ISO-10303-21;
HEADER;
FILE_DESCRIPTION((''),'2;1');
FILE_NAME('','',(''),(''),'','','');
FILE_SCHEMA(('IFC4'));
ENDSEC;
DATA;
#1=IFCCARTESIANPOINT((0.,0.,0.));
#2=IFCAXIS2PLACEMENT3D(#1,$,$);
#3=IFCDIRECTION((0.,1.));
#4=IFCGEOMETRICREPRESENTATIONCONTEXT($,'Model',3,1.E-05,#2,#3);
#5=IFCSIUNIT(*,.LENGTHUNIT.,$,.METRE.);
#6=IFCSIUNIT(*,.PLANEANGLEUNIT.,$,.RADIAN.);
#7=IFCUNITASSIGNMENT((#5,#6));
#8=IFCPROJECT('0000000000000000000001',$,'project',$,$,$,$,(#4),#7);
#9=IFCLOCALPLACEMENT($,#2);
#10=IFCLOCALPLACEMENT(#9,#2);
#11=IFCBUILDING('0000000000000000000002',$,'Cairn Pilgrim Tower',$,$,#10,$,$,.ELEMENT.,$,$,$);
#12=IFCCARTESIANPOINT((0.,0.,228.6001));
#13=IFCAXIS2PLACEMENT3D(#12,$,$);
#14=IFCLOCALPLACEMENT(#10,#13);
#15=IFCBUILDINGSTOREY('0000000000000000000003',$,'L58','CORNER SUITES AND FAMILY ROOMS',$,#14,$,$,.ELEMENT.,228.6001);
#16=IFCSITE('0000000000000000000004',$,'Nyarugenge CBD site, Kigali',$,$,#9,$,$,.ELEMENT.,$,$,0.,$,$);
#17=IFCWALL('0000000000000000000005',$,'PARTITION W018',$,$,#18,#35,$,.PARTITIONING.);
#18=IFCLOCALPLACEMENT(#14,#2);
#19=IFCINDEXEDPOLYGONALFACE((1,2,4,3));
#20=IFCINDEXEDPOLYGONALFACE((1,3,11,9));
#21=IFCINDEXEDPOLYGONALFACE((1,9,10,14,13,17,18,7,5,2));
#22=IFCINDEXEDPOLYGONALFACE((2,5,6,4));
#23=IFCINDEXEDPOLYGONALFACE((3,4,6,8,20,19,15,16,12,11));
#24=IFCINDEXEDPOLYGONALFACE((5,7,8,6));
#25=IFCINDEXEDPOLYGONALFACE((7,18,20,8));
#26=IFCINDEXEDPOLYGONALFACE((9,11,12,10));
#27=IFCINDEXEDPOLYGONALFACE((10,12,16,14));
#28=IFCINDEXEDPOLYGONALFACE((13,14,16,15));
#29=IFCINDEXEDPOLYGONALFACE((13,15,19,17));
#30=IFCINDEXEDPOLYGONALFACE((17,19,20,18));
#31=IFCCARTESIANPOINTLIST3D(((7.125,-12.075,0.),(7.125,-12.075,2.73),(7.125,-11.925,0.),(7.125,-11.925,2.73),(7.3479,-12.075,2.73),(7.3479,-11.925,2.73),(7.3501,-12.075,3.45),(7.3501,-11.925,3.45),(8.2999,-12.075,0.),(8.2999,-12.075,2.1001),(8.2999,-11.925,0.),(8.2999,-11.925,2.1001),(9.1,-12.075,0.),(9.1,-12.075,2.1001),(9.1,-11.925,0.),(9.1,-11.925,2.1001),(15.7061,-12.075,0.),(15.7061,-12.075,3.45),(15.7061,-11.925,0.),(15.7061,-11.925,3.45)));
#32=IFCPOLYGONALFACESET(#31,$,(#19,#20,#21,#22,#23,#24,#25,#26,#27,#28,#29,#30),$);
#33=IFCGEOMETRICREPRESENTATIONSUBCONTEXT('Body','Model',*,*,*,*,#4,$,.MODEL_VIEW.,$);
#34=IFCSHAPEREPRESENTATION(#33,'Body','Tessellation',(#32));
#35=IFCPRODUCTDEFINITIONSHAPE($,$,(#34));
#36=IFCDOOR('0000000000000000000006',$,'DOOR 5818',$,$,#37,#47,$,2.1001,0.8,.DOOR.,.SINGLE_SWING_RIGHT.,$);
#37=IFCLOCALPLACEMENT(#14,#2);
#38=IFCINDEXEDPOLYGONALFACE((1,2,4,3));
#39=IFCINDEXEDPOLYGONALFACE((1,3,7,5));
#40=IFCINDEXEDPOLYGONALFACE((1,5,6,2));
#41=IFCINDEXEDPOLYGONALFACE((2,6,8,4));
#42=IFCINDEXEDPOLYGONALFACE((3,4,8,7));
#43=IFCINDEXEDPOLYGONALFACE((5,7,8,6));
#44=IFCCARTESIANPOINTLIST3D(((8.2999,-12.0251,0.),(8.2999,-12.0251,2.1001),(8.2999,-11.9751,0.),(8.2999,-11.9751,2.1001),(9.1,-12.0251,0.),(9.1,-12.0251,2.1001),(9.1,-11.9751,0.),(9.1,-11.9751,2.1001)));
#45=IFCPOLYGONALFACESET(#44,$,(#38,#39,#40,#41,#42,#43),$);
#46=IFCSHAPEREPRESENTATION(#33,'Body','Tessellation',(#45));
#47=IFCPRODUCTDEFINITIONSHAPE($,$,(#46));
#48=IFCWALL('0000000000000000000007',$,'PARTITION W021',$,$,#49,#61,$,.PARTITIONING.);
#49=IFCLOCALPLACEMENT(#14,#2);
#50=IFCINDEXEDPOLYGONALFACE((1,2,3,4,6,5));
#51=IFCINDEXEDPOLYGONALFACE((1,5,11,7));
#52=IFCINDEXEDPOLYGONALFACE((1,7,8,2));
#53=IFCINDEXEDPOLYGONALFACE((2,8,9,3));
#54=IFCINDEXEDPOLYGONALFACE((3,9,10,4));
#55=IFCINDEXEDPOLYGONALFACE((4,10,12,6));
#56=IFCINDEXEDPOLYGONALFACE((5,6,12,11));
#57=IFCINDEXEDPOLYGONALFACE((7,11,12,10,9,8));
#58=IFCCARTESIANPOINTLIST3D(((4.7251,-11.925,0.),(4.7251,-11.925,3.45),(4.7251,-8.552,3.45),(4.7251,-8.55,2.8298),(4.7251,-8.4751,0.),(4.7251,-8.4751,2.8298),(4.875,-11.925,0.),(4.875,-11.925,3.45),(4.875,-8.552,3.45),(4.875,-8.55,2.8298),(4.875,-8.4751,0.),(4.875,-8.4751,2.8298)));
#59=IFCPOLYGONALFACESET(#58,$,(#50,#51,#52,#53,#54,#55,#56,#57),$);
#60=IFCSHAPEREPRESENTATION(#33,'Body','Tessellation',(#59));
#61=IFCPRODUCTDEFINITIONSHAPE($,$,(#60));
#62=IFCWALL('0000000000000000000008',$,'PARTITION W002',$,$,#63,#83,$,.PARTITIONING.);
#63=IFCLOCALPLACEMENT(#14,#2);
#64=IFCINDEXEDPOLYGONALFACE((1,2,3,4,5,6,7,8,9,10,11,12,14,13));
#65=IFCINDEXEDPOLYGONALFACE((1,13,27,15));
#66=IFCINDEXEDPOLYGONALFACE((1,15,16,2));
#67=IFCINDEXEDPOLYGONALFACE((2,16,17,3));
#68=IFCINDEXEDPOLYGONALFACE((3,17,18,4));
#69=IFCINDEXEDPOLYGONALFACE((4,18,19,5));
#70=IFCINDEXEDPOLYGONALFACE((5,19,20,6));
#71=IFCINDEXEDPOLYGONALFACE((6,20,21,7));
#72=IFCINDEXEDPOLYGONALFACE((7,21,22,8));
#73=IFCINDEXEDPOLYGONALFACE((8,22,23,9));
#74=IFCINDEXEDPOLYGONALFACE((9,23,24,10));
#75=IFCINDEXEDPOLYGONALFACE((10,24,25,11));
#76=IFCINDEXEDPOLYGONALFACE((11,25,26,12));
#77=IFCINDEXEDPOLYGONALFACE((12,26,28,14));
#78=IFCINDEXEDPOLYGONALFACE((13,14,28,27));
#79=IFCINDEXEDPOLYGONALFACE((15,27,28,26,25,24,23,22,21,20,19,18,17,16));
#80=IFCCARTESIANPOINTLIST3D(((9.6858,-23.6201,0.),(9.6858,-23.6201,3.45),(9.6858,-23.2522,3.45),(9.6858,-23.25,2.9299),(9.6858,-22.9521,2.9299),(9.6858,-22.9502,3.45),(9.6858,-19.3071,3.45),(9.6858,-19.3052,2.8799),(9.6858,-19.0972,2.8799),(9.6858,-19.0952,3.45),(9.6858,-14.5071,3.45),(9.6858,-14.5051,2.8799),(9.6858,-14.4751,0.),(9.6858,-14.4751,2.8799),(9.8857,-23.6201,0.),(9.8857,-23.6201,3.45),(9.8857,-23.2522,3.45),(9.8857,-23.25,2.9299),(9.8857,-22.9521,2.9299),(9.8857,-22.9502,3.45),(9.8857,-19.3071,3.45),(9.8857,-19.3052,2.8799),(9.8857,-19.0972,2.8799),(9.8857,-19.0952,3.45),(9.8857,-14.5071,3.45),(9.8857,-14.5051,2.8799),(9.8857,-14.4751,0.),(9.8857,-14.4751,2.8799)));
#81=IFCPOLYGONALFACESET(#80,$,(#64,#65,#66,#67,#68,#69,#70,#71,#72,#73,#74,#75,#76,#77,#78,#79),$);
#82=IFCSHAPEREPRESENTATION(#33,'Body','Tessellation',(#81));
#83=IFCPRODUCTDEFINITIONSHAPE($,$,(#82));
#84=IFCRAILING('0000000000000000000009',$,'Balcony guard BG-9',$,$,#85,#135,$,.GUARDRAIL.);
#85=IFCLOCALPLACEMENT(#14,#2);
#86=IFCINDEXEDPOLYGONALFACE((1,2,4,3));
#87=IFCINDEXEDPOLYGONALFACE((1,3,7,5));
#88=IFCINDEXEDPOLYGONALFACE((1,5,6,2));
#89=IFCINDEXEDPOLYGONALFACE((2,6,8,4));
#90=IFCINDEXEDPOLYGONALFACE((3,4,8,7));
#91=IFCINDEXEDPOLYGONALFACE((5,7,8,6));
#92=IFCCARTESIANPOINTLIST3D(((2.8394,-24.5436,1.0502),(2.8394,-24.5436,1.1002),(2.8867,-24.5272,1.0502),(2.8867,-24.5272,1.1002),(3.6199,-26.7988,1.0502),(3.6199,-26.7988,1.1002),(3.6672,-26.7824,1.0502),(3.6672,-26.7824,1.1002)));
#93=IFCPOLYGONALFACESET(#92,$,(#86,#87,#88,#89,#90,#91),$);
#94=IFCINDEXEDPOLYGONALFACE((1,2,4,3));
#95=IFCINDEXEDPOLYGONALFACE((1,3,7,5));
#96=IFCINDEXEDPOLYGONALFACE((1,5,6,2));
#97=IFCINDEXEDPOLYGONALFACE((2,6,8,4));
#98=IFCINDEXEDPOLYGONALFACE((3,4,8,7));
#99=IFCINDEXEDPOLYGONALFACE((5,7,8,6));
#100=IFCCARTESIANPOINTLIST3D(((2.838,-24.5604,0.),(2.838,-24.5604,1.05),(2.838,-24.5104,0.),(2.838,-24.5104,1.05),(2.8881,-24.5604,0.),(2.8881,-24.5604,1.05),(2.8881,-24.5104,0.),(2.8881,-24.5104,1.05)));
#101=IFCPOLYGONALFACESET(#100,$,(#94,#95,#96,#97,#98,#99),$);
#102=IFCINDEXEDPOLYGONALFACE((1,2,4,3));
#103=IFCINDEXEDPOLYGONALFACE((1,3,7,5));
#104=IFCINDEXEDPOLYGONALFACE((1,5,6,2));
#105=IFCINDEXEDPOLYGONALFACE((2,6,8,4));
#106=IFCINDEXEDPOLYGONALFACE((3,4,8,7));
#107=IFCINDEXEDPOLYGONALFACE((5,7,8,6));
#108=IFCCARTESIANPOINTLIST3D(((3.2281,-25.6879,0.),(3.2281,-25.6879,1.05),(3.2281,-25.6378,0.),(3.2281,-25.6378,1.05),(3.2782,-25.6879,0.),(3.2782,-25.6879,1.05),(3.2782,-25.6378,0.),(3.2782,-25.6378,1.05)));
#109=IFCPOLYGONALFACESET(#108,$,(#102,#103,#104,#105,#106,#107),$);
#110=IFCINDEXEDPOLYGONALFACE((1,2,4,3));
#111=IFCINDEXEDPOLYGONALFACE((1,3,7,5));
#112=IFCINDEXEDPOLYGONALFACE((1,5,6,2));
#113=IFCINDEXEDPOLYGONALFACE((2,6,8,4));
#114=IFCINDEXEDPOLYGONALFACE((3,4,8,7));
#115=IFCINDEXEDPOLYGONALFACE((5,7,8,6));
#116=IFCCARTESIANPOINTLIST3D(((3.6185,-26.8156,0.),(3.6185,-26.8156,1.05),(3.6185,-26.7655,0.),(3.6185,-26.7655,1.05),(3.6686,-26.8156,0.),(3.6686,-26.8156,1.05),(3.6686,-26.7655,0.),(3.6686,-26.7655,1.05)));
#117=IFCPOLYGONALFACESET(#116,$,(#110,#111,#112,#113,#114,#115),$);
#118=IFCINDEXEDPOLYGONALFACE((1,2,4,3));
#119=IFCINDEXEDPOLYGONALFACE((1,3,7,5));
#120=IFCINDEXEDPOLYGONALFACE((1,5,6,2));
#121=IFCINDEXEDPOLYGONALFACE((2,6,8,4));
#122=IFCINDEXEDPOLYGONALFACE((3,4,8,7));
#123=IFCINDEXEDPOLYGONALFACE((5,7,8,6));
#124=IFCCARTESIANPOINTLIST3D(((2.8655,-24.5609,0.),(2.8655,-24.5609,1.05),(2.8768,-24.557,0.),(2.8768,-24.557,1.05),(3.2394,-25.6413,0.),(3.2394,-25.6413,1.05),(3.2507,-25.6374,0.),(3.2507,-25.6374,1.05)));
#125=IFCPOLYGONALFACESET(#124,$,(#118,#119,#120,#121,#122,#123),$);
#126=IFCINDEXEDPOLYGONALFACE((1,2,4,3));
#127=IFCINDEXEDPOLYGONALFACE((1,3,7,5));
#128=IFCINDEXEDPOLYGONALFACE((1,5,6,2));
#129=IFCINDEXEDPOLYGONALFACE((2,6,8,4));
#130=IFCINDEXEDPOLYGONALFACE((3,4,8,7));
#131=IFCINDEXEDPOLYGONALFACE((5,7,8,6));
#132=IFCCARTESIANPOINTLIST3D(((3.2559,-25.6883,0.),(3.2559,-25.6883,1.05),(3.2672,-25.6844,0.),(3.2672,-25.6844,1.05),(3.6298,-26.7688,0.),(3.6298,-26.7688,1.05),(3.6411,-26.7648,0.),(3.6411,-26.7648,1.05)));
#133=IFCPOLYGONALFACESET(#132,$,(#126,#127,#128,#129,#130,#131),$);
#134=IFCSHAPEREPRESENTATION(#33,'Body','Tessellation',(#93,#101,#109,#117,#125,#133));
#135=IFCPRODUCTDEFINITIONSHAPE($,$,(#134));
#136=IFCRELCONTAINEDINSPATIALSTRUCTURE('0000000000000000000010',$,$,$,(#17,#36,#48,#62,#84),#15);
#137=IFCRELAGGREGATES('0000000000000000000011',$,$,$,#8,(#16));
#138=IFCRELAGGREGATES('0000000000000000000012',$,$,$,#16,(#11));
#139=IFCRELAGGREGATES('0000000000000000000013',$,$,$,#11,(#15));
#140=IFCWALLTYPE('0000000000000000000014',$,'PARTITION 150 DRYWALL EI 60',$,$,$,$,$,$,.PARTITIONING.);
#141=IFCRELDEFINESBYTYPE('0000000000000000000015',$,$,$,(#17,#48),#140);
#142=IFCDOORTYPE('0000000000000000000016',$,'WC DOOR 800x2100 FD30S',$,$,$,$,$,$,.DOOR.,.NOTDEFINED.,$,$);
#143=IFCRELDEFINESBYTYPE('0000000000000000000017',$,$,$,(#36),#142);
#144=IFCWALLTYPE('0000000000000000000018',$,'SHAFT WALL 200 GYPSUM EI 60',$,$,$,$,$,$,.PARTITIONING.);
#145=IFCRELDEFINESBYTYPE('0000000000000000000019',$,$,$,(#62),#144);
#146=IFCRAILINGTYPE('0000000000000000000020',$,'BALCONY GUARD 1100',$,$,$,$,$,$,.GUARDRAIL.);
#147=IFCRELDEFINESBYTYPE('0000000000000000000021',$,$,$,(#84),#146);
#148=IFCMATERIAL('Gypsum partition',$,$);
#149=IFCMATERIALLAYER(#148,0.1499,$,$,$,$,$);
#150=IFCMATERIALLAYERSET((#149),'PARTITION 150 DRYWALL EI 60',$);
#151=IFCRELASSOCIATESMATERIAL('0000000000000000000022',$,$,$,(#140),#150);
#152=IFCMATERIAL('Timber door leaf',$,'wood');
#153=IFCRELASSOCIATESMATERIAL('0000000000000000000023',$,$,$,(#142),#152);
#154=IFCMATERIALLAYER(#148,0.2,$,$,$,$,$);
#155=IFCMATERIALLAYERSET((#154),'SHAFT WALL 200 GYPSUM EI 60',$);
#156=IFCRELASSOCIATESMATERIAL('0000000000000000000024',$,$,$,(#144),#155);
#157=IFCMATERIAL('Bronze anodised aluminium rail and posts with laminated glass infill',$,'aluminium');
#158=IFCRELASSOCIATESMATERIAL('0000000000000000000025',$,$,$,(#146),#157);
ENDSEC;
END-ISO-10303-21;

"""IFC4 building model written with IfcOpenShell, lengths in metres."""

from ifc_helpers import new_model, si_unit, direction, frame, frame_2d, origin, origin_2d, place, context, subcontext, project, spatial, polyline, rectangle, outline, extrude, material, layer, layer_set, type_object, element, fill, save


model = new_model("IFC4")

# Units and contexts
model_context = context("Model", 3, precision=1e-05, world=origin(), true_north=direction((0.0, 1.0)))
body_context = subcontext(model_context, "Body", "Model", "MODEL_VIEW")
ifc_project = project(units=[si_unit("LENGTHUNIT", "METRE"), si_unit("PLANEANGLEUNIT", "RADIAN")], contexts=[model_context])

# Site, building, storey
site_placement = place(None, origin())
site = spatial("IfcSite", under=ifc_project, at=site_placement, Name="Nyarugenge CBD site, Kigali", CompositionType="ELEMENT", RefElevation=0.0)
building_placement = place(site_placement, origin())
building = spatial("IfcBuilding", under=site, at=building_placement, Name="Cairn Pilgrim Tower", CompositionType="ELEMENT")
storey_placement = place(building_placement, frame((0.0, 0.0, 228.6001)))
storey = spatial("IfcBuildingStorey", under=building, at=storey_placement, Name="L58", Description="CORNER SUITES AND FAMILY ROOMS", CompositionType="ELEMENT", Elevation=228.6001)

# Shared definitions
ifc_material_1 = material(Name="Gypsum partition")

# Wall, opening, door
ifc_material_2 = material(Name="Timber door leaf", Category="wood")
ifc_layer_1 = layer(ifc_material_1, 0.1499)
ifc_layer_set_1 = layer_set([ifc_layer_1], Name="PARTITION 150 DRYWALL EI 60")
wall_type_1 = type_object("IfcWallType", Name="PARTITION 150 DRYWALL EI 60", PredefinedType="PARTITIONING", material=ifc_layer_set_1)
wall_1_placement = place(storey_placement, frame((7.125, -12.0, 0.0), z_axis=(0.0, 0.0, 1.0), x_axis=(1.0, 0.0, 0.0)))
wall_1 = element("IfcWall", 1, at=wall_1_placement, inside=storey, type_object=wall_type_1, Name="PARTITION W018", PredefinedType="PARTITIONING", context=body_context, shape_type="SweptSolid", body=[
    extrude(outline(polyline([(0.0, 0.0), (8.5811, 0.0), (8.5811, 3.45), (0.2251, 3.45), (0.2229, 2.73), (0.0, 2.73), (0.0, 0.0)])), frame((0.0, 0.075, 0.0), z_axis=(0.0, -1.0, 0.0), x_axis=(1.0, 0.0, 0.0)), (0.0, 0.0, 1.0), 0.1499),
])
opening_1_placement = place(wall_1_placement, frame((1.175, 0.0, 0.0)))
opening_1 = element("IfcOpeningElement", 2, at=opening_1_placement, cuts=wall_1, PredefinedType="OPENING", context=body_context, shape_type="SweptSolid", body=[
    extrude(rectangle(XDim=0.8, YDim=2.1001, at=frame_2d((0.3999, 1.05))), frame((0.0, 0.085, 0.0), z_axis=(0.0, -1.0, 0.0), x_axis=(1.0, 0.0, 0.0)), (0.0, 0.0, 1.0), 0.1699),
])
door_type_1 = type_object("IfcDoorType", Name="WC DOOR 800x2100 FD30S", OperationType="NOTDEFINED", PredefinedType="DOOR", material=ifc_material_2)
door_1_placement = place(opening_1_placement, origin())
door_1 = element("IfcDoor", 3, at=door_1_placement, inside=storey, type_object=door_type_1, Name="DOOR 5818", OperationType="SINGLE_SWING_RIGHT", OverallHeight=2.1001, OverallWidth=0.8, PredefinedType="DOOR", context=body_context, shape_type="SweptSolid", body=[
    extrude(rectangle(XDim=0.8, YDim=2.1001, at=frame_2d((0.3999, 1.05))), frame((0.0, 0.0249, 0.0), z_axis=(0.0, -1.0, 0.0), x_axis=(1.0, 0.0, 0.0)), (0.0, 0.0, 1.0), 0.05),
])
fill(opening_1, door_1)

# Walls
wall_2_placement = place(storey_placement, frame((4.8, -11.925, 0.0), z_axis=(0.0, 0.0, 1.0), x_axis=(0.0, 1.0, 0.0)))
element("IfcWall", 4, at=wall_2_placement, inside=storey, type_object=wall_type_1, Name="PARTITION W021", PredefinedType="PARTITIONING", context=body_context, shape_type="SweptSolid", body=[
    extrude(outline(polyline([(0.0, 0.0), (3.45, 0.0), (3.45, 2.8298), (3.375, 2.8298), (3.373, 3.45), (0.0, 3.45), (0.0, 0.0)])), frame((0.0, 0.075, 0.0), z_axis=(0.0, -1.0, 0.0), x_axis=(1.0, 0.0, 0.0)), (0.0, 0.0, 1.0), 0.1499),
])
ifc_layer_2 = layer(ifc_material_1, 0.2)
ifc_layer_set_2 = layer_set([ifc_layer_2], Name="SHAFT WALL 200 GYPSUM EI 60")
wall_type_2 = type_object("IfcWallType", Name="SHAFT WALL 200 GYPSUM EI 60", PredefinedType="PARTITIONING", material=ifc_layer_set_2)
wall_3_placement = place(storey_placement, frame((9.7859, -23.6201, 0.0), z_axis=(0.0, 0.0, 1.0), x_axis=(0.0, 1.0, 0.0)))
element("IfcWall", 5, at=wall_3_placement, inside=storey, type_object=wall_type_2, Name="PARTITION W002", PredefinedType="PARTITIONING", context=body_context, shape_type="SweptSolid", body=[
    extrude(outline(polyline([(0.0, 0.0), (9.145, 0.0), (9.145, 2.8799), (9.115, 2.8799), (9.113, 3.45), (4.5249, 3.45), (4.5229, 2.8799), (4.3149, 2.8799), (4.313, 3.45), (0.6699, 3.45), (0.668, 2.9299), (0.3701, 2.9299), (0.3679, 3.45), (0.0, 3.45), (0.0, 0.0)])), frame((0.0, 0.1001, 0.0), z_axis=(0.0, -1.0, 0.0), x_axis=(1.0, 0.0, 0.0)), (0.0, 0.0, 1.0), 0.2),
])

# Railing
ifc_material_3 = material(Name="Bronze anodised aluminium rail and posts with laminated glass infill", Category="aluminium")
railing_type_1 = type_object("IfcRailingType", Name="BALCONY GUARD 1100", PredefinedType="GUARDRAIL", material=ifc_material_3)
railing_1_placement = place(storey_placement, frame((2.863, -24.5354, 0.0)))
element("IfcRailing", 6, at=railing_1_placement, inside=storey, type_object=railing_type_1, Name="Balcony guard BG-9", PredefinedType="GUARDRAIL", context=body_context, shape_type="SweptSolid", body=[
    extrude(rectangle(XDim=0.05, YDim=0.05, at=origin_2d()), frame((0.0, 0.0, 1.0752), z_axis=(0.327072, -0.944999, 0.0), x_axis=(0.944999, 0.327072, 0.0)), (0.0, 0.0, 1.0), 2.3865),
    extrude(rectangle(XDim=0.05, YDim=0.05, at=origin_2d()), origin(), (0.0, 0.0, 1.0), 1.05),
    extrude(rectangle(XDim=0.05, YDim=0.05, at=origin_2d()), frame((0.3901, -1.1274, 0.0)), (0.0, 0.0, 1.0), 1.05),
    extrude(rectangle(XDim=0.05, YDim=0.05, at=origin_2d()), frame((0.7805, -2.2551, 0.0)), (0.0, 0.0, 1.0), 1.05),
    extrude(outline(polyline([(0.0249, 0.0), (1.1682, 0.0), (1.1682, 1.05), (0.0249, 1.05), (0.0249, 0.0)])), frame((0.0056, 0.002, 0.0), z_axis=(-0.944999, -0.327072, 0.0), x_axis=(0.327072, -0.944999, 0.0)), (0.0, 0.0, 1.0), 0.012),
    extrude(outline(polyline([(0.0249, 0.0), (1.1682, 0.0), (1.1682, 1.05), (0.0249, 1.05), (0.0249, 0.0)])), frame((0.396, -1.1255, 0.0), z_axis=(-0.944999, -0.327072, 0.0), x_axis=(0.327072, -0.944999, 0.0)), (0.0, 0.0, 1.0), 0.012),
])

save(model, "model.ifc")
